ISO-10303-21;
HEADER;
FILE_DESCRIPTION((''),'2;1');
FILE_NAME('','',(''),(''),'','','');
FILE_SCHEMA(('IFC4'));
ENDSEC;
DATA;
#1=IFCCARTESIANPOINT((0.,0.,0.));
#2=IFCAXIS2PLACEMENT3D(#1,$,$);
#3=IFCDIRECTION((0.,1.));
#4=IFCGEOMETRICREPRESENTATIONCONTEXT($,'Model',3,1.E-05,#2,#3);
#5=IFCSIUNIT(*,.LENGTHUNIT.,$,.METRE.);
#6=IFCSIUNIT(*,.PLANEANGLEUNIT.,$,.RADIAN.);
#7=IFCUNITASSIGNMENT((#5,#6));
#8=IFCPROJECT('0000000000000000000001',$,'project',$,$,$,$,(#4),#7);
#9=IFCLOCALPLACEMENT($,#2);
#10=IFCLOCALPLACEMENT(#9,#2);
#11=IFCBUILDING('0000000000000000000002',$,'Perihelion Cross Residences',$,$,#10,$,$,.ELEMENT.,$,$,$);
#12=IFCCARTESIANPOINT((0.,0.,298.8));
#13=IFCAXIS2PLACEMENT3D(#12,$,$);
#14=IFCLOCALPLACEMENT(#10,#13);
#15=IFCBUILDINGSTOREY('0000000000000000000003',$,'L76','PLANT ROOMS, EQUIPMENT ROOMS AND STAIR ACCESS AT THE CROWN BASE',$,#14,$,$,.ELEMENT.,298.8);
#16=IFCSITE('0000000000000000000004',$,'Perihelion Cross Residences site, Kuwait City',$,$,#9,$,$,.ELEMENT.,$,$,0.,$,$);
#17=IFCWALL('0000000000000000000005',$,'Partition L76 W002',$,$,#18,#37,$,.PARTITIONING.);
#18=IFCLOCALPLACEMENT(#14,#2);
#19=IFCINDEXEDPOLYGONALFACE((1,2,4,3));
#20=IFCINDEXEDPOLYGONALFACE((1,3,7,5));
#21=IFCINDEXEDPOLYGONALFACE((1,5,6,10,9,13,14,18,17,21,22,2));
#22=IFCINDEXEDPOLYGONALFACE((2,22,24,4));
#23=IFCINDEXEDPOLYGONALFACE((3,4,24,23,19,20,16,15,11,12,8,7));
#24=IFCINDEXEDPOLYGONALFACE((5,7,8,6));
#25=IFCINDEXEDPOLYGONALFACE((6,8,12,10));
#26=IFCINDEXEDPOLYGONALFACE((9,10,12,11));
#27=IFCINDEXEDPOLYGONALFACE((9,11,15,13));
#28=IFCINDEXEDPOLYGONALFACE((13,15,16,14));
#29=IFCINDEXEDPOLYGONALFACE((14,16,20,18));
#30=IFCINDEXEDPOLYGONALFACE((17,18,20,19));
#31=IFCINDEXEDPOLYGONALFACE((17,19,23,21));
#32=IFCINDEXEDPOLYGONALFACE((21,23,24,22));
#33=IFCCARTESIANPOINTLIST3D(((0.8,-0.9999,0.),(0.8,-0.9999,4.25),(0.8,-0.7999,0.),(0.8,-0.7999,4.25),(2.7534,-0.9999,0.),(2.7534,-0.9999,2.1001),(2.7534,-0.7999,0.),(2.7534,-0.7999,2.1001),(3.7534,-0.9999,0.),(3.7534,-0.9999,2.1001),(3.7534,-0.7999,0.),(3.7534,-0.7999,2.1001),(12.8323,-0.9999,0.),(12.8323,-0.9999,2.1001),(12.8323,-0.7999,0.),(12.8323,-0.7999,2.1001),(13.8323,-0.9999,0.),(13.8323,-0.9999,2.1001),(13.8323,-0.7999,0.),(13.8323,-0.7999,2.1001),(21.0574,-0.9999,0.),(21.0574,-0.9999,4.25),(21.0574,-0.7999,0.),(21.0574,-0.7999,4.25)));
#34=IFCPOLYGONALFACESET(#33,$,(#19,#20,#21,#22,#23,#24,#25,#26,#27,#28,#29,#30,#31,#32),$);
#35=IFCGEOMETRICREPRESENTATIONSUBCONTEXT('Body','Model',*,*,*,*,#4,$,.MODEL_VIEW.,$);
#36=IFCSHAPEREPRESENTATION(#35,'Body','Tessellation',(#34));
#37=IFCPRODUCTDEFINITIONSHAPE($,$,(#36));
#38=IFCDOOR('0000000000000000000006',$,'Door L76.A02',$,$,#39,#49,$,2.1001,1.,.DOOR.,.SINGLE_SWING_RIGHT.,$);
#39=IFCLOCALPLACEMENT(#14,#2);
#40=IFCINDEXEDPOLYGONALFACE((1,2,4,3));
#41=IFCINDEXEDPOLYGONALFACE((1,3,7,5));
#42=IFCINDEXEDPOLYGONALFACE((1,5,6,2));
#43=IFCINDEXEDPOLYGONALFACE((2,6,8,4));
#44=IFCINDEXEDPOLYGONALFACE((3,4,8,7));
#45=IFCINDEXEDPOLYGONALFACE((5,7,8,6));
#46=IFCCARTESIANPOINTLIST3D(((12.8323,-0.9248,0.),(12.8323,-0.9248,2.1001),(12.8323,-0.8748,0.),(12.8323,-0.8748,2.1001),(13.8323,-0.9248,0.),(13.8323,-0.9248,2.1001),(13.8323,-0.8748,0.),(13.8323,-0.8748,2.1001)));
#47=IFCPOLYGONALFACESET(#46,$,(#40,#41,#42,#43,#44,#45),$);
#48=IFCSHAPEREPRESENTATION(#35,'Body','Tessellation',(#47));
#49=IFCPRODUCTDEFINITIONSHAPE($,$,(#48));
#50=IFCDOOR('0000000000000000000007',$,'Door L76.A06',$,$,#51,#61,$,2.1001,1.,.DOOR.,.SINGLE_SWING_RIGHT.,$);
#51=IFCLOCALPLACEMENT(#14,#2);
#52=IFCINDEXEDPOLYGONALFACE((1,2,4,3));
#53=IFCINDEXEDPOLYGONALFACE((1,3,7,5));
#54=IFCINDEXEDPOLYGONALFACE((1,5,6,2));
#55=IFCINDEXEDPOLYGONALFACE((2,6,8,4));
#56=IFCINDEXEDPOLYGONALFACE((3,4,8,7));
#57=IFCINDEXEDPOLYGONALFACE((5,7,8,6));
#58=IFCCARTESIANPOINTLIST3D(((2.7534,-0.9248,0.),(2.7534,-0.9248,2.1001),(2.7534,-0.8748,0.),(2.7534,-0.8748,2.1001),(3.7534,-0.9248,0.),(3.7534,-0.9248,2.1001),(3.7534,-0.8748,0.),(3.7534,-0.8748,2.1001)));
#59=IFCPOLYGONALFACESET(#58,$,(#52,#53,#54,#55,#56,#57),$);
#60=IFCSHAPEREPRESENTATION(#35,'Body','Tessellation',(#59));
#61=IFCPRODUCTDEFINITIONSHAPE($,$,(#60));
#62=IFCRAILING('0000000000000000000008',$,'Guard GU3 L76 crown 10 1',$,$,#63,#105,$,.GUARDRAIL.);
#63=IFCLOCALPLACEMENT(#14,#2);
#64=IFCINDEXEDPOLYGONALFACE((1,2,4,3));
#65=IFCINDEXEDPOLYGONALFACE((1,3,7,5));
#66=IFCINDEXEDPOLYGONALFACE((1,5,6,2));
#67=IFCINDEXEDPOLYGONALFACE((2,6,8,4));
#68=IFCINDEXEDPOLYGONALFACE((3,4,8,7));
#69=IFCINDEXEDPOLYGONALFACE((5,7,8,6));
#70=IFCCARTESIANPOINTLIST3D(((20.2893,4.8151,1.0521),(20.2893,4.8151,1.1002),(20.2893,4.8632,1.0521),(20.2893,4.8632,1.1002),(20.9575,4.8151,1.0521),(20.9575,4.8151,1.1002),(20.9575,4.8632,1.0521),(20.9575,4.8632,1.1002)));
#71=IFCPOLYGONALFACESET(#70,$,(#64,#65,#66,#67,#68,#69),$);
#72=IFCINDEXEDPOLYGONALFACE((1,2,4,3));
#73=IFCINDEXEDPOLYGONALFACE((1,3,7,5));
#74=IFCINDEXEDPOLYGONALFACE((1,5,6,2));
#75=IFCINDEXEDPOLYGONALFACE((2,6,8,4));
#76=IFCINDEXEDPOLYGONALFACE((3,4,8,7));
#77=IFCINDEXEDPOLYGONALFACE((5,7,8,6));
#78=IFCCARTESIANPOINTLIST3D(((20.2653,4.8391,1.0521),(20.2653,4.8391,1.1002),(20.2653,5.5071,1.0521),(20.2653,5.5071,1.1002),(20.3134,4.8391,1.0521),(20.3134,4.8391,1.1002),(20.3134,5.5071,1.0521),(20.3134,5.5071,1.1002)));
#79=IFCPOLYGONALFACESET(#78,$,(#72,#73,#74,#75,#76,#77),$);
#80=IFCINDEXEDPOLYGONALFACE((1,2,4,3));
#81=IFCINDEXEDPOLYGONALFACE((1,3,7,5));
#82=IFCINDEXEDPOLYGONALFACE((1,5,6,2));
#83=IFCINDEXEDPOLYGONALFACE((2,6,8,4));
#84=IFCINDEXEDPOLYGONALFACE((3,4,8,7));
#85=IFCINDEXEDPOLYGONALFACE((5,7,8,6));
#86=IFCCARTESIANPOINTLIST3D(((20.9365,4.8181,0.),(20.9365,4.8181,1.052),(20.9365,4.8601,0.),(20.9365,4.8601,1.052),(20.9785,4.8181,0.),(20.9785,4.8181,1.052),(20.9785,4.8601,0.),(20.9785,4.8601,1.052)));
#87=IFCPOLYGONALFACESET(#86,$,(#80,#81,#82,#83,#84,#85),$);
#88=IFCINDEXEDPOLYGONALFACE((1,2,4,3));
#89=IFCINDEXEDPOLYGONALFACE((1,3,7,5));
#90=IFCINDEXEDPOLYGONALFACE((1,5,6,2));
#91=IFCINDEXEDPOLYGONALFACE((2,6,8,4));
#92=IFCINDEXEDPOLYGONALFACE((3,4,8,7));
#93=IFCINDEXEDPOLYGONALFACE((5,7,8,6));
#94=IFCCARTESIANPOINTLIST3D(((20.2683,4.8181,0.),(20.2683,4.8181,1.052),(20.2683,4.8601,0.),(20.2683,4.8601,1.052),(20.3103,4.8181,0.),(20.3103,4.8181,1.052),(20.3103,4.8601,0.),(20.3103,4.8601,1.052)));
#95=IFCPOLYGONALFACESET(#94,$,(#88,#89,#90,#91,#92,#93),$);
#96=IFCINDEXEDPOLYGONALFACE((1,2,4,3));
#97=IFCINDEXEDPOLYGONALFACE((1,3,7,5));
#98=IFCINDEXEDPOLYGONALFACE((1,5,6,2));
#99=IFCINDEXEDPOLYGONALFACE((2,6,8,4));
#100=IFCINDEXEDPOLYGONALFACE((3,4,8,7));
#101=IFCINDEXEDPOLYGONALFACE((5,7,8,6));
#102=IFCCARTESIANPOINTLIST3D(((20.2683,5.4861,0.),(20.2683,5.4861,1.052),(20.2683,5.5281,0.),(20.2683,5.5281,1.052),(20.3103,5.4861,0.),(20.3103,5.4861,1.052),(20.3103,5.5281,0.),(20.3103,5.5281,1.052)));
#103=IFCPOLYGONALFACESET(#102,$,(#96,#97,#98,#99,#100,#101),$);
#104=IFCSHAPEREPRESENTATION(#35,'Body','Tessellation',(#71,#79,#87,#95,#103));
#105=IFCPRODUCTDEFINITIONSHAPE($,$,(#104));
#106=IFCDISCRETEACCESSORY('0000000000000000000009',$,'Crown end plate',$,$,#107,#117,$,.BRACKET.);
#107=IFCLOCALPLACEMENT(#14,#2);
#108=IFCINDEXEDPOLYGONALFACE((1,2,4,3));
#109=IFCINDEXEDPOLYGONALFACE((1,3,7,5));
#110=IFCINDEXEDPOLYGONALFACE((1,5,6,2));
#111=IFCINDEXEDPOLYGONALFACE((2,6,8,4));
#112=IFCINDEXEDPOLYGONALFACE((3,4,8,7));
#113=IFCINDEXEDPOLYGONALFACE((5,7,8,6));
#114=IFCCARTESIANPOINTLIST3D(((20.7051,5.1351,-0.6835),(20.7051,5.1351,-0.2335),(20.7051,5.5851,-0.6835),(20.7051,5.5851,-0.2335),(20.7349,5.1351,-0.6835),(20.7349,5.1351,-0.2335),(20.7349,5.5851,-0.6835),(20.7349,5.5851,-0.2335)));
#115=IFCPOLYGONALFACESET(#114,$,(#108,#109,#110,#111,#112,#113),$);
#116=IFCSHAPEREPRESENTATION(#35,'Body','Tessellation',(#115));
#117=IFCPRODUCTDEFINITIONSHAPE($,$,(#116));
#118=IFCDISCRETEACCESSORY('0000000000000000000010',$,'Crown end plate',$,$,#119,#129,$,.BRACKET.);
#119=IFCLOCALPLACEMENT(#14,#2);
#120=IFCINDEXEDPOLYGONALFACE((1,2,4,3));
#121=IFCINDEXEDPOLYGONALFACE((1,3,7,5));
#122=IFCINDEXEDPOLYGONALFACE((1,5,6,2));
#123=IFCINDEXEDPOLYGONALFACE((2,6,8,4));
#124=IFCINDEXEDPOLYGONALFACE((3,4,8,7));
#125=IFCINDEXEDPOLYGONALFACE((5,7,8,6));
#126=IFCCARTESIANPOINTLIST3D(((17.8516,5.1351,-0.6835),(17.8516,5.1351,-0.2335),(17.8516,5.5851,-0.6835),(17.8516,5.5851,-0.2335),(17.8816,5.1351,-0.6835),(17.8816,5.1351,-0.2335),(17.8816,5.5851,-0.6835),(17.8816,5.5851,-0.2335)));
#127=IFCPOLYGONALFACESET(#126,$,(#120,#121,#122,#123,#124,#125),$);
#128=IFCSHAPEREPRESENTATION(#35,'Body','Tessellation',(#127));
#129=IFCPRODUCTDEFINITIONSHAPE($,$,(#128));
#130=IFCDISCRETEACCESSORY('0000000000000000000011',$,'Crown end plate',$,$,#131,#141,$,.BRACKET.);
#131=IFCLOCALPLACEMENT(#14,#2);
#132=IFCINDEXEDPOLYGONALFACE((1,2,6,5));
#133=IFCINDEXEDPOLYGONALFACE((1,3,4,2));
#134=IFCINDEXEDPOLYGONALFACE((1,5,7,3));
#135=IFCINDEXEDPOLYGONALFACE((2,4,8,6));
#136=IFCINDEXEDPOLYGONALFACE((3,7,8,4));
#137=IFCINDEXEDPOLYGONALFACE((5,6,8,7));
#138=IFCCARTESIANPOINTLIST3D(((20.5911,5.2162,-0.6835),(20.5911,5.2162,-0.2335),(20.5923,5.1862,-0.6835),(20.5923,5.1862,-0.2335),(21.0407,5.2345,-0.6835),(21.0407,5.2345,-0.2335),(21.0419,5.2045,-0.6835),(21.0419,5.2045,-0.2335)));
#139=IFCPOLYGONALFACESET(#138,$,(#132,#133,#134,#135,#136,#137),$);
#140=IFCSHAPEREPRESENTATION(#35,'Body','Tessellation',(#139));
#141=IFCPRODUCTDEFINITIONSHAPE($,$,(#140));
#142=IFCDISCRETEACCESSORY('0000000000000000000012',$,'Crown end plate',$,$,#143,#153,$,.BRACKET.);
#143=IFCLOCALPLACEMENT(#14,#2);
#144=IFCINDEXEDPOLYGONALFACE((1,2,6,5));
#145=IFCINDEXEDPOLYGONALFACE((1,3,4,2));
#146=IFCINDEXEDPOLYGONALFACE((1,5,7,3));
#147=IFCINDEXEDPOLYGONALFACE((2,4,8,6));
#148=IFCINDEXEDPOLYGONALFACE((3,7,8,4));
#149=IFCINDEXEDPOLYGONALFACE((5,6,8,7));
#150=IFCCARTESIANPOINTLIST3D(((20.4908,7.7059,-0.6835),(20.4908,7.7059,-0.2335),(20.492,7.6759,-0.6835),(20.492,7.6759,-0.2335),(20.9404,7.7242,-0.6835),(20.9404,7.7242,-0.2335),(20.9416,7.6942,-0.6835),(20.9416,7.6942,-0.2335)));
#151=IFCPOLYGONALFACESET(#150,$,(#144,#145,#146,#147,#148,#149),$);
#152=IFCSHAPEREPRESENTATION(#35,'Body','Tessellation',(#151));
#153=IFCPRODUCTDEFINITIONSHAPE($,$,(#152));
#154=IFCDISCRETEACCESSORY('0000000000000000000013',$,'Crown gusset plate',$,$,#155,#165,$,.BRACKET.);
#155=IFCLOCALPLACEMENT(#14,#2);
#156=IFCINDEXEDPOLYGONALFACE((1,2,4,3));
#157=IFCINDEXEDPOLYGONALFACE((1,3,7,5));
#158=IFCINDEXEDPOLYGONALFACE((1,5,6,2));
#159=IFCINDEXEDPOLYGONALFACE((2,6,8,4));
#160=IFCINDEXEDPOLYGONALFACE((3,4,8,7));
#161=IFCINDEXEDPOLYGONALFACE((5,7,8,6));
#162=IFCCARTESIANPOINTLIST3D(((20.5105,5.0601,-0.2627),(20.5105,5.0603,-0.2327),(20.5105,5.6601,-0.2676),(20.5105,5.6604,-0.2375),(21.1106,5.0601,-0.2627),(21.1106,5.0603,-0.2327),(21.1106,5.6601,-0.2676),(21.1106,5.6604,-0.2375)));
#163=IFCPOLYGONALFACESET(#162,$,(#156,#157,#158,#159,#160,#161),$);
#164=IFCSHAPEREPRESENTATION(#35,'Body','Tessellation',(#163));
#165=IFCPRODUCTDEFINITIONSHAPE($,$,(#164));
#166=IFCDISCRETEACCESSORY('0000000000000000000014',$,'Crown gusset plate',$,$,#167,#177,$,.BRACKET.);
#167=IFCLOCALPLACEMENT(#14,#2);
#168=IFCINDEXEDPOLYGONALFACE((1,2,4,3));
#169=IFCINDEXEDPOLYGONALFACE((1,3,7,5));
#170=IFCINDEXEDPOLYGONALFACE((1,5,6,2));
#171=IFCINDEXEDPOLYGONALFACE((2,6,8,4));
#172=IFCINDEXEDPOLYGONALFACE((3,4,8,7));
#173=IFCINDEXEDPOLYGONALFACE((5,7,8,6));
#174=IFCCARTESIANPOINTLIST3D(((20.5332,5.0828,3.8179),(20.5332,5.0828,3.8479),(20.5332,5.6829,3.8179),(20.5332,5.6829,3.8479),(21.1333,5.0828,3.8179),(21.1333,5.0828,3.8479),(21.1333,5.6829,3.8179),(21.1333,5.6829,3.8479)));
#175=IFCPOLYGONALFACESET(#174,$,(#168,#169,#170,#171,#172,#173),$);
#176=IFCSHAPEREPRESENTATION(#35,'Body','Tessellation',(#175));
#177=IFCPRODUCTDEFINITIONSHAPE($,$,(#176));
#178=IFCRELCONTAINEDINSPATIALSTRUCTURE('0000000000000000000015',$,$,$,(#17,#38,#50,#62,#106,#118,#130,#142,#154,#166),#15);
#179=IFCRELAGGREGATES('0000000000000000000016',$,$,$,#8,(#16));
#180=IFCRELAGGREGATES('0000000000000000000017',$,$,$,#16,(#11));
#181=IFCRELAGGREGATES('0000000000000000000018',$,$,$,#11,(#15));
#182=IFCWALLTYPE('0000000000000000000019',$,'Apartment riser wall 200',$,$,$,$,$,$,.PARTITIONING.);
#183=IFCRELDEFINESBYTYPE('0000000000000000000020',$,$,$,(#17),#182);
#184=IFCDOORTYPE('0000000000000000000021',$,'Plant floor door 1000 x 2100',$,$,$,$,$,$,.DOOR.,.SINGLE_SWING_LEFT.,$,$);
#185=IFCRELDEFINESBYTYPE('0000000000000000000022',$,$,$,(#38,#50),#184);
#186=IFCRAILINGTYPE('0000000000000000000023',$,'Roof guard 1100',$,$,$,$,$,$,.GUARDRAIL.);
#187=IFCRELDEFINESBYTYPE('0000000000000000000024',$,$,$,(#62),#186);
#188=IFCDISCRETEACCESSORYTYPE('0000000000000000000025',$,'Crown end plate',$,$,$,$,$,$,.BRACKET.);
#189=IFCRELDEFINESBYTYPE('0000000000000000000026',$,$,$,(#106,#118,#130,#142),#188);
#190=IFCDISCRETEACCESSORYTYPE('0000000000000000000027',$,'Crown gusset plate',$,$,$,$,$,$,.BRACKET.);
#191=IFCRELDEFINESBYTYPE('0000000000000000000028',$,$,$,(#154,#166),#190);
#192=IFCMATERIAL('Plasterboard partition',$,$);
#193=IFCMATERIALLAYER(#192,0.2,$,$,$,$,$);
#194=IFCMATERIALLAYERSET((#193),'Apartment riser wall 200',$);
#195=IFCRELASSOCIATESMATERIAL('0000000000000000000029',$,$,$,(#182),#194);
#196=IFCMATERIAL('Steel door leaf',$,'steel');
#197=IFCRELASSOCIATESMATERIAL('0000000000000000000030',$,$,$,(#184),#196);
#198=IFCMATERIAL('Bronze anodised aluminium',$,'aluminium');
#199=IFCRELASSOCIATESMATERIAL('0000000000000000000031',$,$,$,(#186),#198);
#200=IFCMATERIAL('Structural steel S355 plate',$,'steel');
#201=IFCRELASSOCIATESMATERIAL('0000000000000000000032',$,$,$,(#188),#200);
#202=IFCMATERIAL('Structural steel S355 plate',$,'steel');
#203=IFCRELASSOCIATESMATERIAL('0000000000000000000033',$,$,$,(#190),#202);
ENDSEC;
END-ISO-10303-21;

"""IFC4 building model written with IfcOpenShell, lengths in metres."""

from ifc_helpers import new_model, si_unit, direction, frame, frame_2d, origin, origin_2d, place, context, subcontext, project, spatial, rectangle, extrude, material, layer, layer_set, material_profile, profile_set, type_object, element, fill, save


model = new_model("IFC4")

# Units and contexts
model_context = context("Model", 3, precision=1e-05, world=origin(), true_north=direction((0.0, 1.0)))
body_context = subcontext(model_context, "Body", "Model", "MODEL_VIEW")
ifc_project = project(units=[si_unit("LENGTHUNIT", "METRE"), si_unit("PLANEANGLEUNIT", "RADIAN")], contexts=[model_context])

# Site, building, storey
site_placement = place(None, origin())
site = spatial("IfcSite", under=ifc_project, at=site_placement, Name="Perihelion Cross Residences site, Kuwait City", CompositionType="ELEMENT", RefElevation=0.0)
building_placement = place(site_placement, origin())
building = spatial("IfcBuilding", under=site, at=building_placement, Name="Perihelion Cross Residences", CompositionType="ELEMENT")
storey_placement = place(building_placement, frame((0.0, 0.0, 298.8)))
storey = spatial("IfcBuildingStorey", under=building, at=storey_placement, Name="L76", Description="PLANT ROOMS, EQUIPMENT ROOMS AND STAIR ACCESS AT THE CROWN BASE", CompositionType="ELEMENT", Elevation=298.8)

# Wall, openings, doors
ifc_material_1 = material(Name="Plasterboard partition")
ifc_layer_1 = layer(ifc_material_1, 0.2)
ifc_layer_set_1 = layer_set([ifc_layer_1], Name="Apartment riser wall 200")
wall_type = type_object("IfcWallType", Name="Apartment riser wall 200", PredefinedType="PARTITIONING", material=ifc_layer_set_1)
wall_placement = place(storey_placement, frame((21.0574, -0.8999, 0.0), z_axis=(0.0, 0.0, 1.0), x_axis=(-1.0, 0.0, 0.0)))
wall = element("IfcWall", 1, at=wall_placement, inside=storey, type_object=wall_type, Name="Partition L76 W002", PredefinedType="PARTITIONING", context=body_context, shape_type="SweptSolid", body=[
    extrude(rectangle(XDim=20.2573, YDim=0.2, at=frame_2d((10.1287, 0.0))), origin(), (0.0, 0.0, 1.0), 4.25),
])
opening_1_placement = place(wall_placement, frame((7.2251, 0.0, 0.0)))
opening_1 = element("IfcOpeningElement", 2, at=opening_1_placement, cuts=wall, PredefinedType="OPENING", context=body_context, shape_type="SweptSolid", body=[
    extrude(rectangle(XDim=1.0, YDim=2.1001, at=frame_2d((0.5, 1.05))), frame((0.0, 0.1099, 0.0), z_axis=(0.0, -1.0, 0.0), x_axis=(1.0, 0.0, 0.0)), (0.0, 0.0, 1.0), 0.22),
])
opening_2_placement = place(wall_placement, frame((17.304, 0.0, 0.0)))
opening_2 = element("IfcOpeningElement", 3, at=opening_2_placement, cuts=wall, PredefinedType="OPENING", context=body_context, shape_type="SweptSolid", body=[
    extrude(rectangle(XDim=1.0, YDim=2.1001, at=frame_2d((0.5, 1.05))), frame((0.0, 0.1099, 0.0), z_axis=(0.0, -1.0, 0.0), x_axis=(1.0, 0.0, 0.0)), (0.0, 0.0, 1.0), 0.22),
])
ifc_material_2 = material(Name="Steel door leaf", Category="steel")
door_type = type_object("IfcDoorType", Name="Plant floor door 1000 x 2100", OperationType="SINGLE_SWING_LEFT", PredefinedType="DOOR", material=ifc_material_2)
door_1_placement = place(opening_1_placement, origin())
door_1 = element("IfcDoor", 4, at=door_1_placement, inside=storey, type_object=door_type, Name="Door L76.A02", OperationType="SINGLE_SWING_RIGHT", OverallHeight=2.1001, OverallWidth=1.0, PredefinedType="DOOR", context=body_context, shape_type="SweptSolid", body=[
    extrude(rectangle(XDim=1.0, YDim=2.1001, at=frame_2d((0.5, 1.05))), frame((0.0, 0.0249, 0.0), z_axis=(0.0, -1.0, 0.0), x_axis=(1.0, 0.0, 0.0)), (0.0, 0.0, 1.0), 0.05),
])
fill(opening_1, door_1)
door_2_placement = place(opening_2_placement, origin())
door_2 = element("IfcDoor", 5, at=door_2_placement, inside=storey, type_object=door_type, Name="Door L76.A06", OperationType="SINGLE_SWING_RIGHT", OverallHeight=2.1001, OverallWidth=1.0, PredefinedType="DOOR", context=body_context, shape_type="SweptSolid", body=[
    extrude(rectangle(XDim=1.0, YDim=2.1001, at=frame_2d((0.5, 1.05))), frame((0.0, 0.0249, 0.0), z_axis=(0.0, -1.0, 0.0), x_axis=(1.0, 0.0, 0.0)), (0.0, 0.0, 1.0), 0.05),
])
fill(opening_2, door_2)

# Railing
ifc_material_3 = material(Name="Bronze anodised aluminium", Category="aluminium")
railing_type = type_object("IfcRailingType", Name="Roof guard 1100", PredefinedType="GUARDRAIL", material=ifc_material_3)
railing_placement = place(storey_placement, frame((20.9575, 4.8391, 0.0)))
element("IfcRailing", 6, at=railing_placement, inside=storey, type_object=railing_type, Name="Guard GU3 L76 crown 10 1", PredefinedType="GUARDRAIL", context=body_context, shape_type="SweptSolid", body=[
    extrude(rectangle(XDim=0.0481, YDim=0.0481, at=origin_2d()), frame((0.0, 0.0, 1.0762), z_axis=(-1.0, 0.0, 0.0), x_axis=(0.0, -1.0, 0.0)), (0.0, 0.0, 1.0), 0.6682),
    extrude(rectangle(XDim=0.0481, YDim=0.0481, at=origin_2d()), frame((-0.6682, 0.0, 1.0762), z_axis=(0.0, 1.0, 0.0), x_axis=(-1.0, 0.0, 0.0)), (0.0, 0.0, 1.0), 0.668),
    extrude(rectangle(XDim=0.042, YDim=0.042, at=origin_2d()), origin(), (0.0, 0.0, 1.0), 1.052),
    extrude(rectangle(XDim=0.042, YDim=0.042, at=origin_2d()), frame((-0.6682, 0.0, 0.0)), (0.0, 0.0, 1.0), 1.052),
    extrude(rectangle(XDim=0.042, YDim=0.042, at=origin_2d()), frame((-0.6682, 0.668, 0.0)), (0.0, 0.0, 1.0), 1.052),
])

# Discrete accessories
ifc_material_4 = material(Name="Structural steel S355 plate", Category="steel")
ifc_material_profile_1 = material_profile(ifc_material_4, rectangle(XDim=0.45, YDim=0.45, at=origin_2d()), Name="Crown end plate")
ifc_profile_set_1 = profile_set([ifc_material_profile_1], Name="Structural steel S355 plate")
discrete_accessory_type_1 = type_object("IfcDiscreteAccessoryType", Name="Crown end plate", PredefinedType="BRACKET", material=ifc_profile_set_1)
discrete_accessory_placement = place(storey_placement, frame((20.7349, 5.3601, -0.4585), z_axis=(-1.0, 0.0, 0.0), x_axis=(0.0, -1.0, 0.0)))
element("IfcDiscreteAccessory", 7, at=discrete_accessory_placement, inside=storey, type_object=discrete_accessory_type_1, Name="Crown end plate", PredefinedType="BRACKET", context=body_context, shape_type="SweptSolid", body=[
    extrude(rectangle(XDim=0.45, YDim=0.45, at=origin_2d()), origin(), (0.0, 0.0, 1.0), 0.0298),
])
for number, where, z_axis, x_axis, name in (
    (8, (17.8816, 5.3601, -0.4585), (-1.0, 0.0, 0.0), (0.0, -1.0, 0.0), "Crown end plate"),
    (9, (20.8171, 5.1953, -0.4585), (-0.040617, 0.999175, 0.0), (-0.999175, -0.040617, 0.0), "Crown end plate"),
    (10, (20.7168, 7.6851, -0.4585), (-0.040617, 0.999175, 0.0), (-0.999175, -0.040617, 0.0), "Crown end plate"),
):
    element("IfcDiscreteAccessory", number, at=place(storey_placement, frame(where, z_axis=z_axis, x_axis=x_axis)), inside=storey, type_object=discrete_accessory_type_1, Name=name, PredefinedType="BRACKET", context=body_context, shape_type="SweptSolid", body=[
        extrude(rectangle(XDim=0.45, YDim=0.45, at=origin_2d()), origin(), (0.0, 0.0, 1.0), 0.03),
    ])
ifc_material_5 = material(Name="Structural steel S355 plate", Category="steel")
ifc_material_profile_2 = material_profile(ifc_material_5, rectangle(XDim=0.6001, YDim=0.6001, at=origin_2d()), Name="Crown gusset plate")
ifc_profile_set_2 = profile_set([ifc_material_profile_2], Name="Structural steel S355 plate")
discrete_accessory_type_2 = type_object("IfcDiscreteAccessoryType", Name="Crown gusset plate", PredefinedType="BRACKET", material=ifc_profile_set_2)
for number, where, z_axis, x_axis, name in (
    (11, (20.8105, 5.3601, -0.2651), (0.0, 0.00813, 0.999967), (-1.0, 0.0, 0.0), "Crown gusset plate"),
    (12, (20.8333, 5.3828, 3.8179), (0.0, 0.0, 1.0), (1.0, 0.0, 0.0), "Crown gusset plate"),
):
    element("IfcDiscreteAccessory", number, at=place(storey_placement, frame(where, z_axis=z_axis, x_axis=x_axis)), inside=storey, type_object=discrete_accessory_type_2, Name=name, PredefinedType="BRACKET", context=body_context, shape_type="SweptSolid", body=[
        extrude(rectangle(XDim=0.6001, YDim=0.6001, at=origin_2d()), origin(), (0.0, 0.0, 1.0), 0.03),
    ])

save(model, "model.ifc")
